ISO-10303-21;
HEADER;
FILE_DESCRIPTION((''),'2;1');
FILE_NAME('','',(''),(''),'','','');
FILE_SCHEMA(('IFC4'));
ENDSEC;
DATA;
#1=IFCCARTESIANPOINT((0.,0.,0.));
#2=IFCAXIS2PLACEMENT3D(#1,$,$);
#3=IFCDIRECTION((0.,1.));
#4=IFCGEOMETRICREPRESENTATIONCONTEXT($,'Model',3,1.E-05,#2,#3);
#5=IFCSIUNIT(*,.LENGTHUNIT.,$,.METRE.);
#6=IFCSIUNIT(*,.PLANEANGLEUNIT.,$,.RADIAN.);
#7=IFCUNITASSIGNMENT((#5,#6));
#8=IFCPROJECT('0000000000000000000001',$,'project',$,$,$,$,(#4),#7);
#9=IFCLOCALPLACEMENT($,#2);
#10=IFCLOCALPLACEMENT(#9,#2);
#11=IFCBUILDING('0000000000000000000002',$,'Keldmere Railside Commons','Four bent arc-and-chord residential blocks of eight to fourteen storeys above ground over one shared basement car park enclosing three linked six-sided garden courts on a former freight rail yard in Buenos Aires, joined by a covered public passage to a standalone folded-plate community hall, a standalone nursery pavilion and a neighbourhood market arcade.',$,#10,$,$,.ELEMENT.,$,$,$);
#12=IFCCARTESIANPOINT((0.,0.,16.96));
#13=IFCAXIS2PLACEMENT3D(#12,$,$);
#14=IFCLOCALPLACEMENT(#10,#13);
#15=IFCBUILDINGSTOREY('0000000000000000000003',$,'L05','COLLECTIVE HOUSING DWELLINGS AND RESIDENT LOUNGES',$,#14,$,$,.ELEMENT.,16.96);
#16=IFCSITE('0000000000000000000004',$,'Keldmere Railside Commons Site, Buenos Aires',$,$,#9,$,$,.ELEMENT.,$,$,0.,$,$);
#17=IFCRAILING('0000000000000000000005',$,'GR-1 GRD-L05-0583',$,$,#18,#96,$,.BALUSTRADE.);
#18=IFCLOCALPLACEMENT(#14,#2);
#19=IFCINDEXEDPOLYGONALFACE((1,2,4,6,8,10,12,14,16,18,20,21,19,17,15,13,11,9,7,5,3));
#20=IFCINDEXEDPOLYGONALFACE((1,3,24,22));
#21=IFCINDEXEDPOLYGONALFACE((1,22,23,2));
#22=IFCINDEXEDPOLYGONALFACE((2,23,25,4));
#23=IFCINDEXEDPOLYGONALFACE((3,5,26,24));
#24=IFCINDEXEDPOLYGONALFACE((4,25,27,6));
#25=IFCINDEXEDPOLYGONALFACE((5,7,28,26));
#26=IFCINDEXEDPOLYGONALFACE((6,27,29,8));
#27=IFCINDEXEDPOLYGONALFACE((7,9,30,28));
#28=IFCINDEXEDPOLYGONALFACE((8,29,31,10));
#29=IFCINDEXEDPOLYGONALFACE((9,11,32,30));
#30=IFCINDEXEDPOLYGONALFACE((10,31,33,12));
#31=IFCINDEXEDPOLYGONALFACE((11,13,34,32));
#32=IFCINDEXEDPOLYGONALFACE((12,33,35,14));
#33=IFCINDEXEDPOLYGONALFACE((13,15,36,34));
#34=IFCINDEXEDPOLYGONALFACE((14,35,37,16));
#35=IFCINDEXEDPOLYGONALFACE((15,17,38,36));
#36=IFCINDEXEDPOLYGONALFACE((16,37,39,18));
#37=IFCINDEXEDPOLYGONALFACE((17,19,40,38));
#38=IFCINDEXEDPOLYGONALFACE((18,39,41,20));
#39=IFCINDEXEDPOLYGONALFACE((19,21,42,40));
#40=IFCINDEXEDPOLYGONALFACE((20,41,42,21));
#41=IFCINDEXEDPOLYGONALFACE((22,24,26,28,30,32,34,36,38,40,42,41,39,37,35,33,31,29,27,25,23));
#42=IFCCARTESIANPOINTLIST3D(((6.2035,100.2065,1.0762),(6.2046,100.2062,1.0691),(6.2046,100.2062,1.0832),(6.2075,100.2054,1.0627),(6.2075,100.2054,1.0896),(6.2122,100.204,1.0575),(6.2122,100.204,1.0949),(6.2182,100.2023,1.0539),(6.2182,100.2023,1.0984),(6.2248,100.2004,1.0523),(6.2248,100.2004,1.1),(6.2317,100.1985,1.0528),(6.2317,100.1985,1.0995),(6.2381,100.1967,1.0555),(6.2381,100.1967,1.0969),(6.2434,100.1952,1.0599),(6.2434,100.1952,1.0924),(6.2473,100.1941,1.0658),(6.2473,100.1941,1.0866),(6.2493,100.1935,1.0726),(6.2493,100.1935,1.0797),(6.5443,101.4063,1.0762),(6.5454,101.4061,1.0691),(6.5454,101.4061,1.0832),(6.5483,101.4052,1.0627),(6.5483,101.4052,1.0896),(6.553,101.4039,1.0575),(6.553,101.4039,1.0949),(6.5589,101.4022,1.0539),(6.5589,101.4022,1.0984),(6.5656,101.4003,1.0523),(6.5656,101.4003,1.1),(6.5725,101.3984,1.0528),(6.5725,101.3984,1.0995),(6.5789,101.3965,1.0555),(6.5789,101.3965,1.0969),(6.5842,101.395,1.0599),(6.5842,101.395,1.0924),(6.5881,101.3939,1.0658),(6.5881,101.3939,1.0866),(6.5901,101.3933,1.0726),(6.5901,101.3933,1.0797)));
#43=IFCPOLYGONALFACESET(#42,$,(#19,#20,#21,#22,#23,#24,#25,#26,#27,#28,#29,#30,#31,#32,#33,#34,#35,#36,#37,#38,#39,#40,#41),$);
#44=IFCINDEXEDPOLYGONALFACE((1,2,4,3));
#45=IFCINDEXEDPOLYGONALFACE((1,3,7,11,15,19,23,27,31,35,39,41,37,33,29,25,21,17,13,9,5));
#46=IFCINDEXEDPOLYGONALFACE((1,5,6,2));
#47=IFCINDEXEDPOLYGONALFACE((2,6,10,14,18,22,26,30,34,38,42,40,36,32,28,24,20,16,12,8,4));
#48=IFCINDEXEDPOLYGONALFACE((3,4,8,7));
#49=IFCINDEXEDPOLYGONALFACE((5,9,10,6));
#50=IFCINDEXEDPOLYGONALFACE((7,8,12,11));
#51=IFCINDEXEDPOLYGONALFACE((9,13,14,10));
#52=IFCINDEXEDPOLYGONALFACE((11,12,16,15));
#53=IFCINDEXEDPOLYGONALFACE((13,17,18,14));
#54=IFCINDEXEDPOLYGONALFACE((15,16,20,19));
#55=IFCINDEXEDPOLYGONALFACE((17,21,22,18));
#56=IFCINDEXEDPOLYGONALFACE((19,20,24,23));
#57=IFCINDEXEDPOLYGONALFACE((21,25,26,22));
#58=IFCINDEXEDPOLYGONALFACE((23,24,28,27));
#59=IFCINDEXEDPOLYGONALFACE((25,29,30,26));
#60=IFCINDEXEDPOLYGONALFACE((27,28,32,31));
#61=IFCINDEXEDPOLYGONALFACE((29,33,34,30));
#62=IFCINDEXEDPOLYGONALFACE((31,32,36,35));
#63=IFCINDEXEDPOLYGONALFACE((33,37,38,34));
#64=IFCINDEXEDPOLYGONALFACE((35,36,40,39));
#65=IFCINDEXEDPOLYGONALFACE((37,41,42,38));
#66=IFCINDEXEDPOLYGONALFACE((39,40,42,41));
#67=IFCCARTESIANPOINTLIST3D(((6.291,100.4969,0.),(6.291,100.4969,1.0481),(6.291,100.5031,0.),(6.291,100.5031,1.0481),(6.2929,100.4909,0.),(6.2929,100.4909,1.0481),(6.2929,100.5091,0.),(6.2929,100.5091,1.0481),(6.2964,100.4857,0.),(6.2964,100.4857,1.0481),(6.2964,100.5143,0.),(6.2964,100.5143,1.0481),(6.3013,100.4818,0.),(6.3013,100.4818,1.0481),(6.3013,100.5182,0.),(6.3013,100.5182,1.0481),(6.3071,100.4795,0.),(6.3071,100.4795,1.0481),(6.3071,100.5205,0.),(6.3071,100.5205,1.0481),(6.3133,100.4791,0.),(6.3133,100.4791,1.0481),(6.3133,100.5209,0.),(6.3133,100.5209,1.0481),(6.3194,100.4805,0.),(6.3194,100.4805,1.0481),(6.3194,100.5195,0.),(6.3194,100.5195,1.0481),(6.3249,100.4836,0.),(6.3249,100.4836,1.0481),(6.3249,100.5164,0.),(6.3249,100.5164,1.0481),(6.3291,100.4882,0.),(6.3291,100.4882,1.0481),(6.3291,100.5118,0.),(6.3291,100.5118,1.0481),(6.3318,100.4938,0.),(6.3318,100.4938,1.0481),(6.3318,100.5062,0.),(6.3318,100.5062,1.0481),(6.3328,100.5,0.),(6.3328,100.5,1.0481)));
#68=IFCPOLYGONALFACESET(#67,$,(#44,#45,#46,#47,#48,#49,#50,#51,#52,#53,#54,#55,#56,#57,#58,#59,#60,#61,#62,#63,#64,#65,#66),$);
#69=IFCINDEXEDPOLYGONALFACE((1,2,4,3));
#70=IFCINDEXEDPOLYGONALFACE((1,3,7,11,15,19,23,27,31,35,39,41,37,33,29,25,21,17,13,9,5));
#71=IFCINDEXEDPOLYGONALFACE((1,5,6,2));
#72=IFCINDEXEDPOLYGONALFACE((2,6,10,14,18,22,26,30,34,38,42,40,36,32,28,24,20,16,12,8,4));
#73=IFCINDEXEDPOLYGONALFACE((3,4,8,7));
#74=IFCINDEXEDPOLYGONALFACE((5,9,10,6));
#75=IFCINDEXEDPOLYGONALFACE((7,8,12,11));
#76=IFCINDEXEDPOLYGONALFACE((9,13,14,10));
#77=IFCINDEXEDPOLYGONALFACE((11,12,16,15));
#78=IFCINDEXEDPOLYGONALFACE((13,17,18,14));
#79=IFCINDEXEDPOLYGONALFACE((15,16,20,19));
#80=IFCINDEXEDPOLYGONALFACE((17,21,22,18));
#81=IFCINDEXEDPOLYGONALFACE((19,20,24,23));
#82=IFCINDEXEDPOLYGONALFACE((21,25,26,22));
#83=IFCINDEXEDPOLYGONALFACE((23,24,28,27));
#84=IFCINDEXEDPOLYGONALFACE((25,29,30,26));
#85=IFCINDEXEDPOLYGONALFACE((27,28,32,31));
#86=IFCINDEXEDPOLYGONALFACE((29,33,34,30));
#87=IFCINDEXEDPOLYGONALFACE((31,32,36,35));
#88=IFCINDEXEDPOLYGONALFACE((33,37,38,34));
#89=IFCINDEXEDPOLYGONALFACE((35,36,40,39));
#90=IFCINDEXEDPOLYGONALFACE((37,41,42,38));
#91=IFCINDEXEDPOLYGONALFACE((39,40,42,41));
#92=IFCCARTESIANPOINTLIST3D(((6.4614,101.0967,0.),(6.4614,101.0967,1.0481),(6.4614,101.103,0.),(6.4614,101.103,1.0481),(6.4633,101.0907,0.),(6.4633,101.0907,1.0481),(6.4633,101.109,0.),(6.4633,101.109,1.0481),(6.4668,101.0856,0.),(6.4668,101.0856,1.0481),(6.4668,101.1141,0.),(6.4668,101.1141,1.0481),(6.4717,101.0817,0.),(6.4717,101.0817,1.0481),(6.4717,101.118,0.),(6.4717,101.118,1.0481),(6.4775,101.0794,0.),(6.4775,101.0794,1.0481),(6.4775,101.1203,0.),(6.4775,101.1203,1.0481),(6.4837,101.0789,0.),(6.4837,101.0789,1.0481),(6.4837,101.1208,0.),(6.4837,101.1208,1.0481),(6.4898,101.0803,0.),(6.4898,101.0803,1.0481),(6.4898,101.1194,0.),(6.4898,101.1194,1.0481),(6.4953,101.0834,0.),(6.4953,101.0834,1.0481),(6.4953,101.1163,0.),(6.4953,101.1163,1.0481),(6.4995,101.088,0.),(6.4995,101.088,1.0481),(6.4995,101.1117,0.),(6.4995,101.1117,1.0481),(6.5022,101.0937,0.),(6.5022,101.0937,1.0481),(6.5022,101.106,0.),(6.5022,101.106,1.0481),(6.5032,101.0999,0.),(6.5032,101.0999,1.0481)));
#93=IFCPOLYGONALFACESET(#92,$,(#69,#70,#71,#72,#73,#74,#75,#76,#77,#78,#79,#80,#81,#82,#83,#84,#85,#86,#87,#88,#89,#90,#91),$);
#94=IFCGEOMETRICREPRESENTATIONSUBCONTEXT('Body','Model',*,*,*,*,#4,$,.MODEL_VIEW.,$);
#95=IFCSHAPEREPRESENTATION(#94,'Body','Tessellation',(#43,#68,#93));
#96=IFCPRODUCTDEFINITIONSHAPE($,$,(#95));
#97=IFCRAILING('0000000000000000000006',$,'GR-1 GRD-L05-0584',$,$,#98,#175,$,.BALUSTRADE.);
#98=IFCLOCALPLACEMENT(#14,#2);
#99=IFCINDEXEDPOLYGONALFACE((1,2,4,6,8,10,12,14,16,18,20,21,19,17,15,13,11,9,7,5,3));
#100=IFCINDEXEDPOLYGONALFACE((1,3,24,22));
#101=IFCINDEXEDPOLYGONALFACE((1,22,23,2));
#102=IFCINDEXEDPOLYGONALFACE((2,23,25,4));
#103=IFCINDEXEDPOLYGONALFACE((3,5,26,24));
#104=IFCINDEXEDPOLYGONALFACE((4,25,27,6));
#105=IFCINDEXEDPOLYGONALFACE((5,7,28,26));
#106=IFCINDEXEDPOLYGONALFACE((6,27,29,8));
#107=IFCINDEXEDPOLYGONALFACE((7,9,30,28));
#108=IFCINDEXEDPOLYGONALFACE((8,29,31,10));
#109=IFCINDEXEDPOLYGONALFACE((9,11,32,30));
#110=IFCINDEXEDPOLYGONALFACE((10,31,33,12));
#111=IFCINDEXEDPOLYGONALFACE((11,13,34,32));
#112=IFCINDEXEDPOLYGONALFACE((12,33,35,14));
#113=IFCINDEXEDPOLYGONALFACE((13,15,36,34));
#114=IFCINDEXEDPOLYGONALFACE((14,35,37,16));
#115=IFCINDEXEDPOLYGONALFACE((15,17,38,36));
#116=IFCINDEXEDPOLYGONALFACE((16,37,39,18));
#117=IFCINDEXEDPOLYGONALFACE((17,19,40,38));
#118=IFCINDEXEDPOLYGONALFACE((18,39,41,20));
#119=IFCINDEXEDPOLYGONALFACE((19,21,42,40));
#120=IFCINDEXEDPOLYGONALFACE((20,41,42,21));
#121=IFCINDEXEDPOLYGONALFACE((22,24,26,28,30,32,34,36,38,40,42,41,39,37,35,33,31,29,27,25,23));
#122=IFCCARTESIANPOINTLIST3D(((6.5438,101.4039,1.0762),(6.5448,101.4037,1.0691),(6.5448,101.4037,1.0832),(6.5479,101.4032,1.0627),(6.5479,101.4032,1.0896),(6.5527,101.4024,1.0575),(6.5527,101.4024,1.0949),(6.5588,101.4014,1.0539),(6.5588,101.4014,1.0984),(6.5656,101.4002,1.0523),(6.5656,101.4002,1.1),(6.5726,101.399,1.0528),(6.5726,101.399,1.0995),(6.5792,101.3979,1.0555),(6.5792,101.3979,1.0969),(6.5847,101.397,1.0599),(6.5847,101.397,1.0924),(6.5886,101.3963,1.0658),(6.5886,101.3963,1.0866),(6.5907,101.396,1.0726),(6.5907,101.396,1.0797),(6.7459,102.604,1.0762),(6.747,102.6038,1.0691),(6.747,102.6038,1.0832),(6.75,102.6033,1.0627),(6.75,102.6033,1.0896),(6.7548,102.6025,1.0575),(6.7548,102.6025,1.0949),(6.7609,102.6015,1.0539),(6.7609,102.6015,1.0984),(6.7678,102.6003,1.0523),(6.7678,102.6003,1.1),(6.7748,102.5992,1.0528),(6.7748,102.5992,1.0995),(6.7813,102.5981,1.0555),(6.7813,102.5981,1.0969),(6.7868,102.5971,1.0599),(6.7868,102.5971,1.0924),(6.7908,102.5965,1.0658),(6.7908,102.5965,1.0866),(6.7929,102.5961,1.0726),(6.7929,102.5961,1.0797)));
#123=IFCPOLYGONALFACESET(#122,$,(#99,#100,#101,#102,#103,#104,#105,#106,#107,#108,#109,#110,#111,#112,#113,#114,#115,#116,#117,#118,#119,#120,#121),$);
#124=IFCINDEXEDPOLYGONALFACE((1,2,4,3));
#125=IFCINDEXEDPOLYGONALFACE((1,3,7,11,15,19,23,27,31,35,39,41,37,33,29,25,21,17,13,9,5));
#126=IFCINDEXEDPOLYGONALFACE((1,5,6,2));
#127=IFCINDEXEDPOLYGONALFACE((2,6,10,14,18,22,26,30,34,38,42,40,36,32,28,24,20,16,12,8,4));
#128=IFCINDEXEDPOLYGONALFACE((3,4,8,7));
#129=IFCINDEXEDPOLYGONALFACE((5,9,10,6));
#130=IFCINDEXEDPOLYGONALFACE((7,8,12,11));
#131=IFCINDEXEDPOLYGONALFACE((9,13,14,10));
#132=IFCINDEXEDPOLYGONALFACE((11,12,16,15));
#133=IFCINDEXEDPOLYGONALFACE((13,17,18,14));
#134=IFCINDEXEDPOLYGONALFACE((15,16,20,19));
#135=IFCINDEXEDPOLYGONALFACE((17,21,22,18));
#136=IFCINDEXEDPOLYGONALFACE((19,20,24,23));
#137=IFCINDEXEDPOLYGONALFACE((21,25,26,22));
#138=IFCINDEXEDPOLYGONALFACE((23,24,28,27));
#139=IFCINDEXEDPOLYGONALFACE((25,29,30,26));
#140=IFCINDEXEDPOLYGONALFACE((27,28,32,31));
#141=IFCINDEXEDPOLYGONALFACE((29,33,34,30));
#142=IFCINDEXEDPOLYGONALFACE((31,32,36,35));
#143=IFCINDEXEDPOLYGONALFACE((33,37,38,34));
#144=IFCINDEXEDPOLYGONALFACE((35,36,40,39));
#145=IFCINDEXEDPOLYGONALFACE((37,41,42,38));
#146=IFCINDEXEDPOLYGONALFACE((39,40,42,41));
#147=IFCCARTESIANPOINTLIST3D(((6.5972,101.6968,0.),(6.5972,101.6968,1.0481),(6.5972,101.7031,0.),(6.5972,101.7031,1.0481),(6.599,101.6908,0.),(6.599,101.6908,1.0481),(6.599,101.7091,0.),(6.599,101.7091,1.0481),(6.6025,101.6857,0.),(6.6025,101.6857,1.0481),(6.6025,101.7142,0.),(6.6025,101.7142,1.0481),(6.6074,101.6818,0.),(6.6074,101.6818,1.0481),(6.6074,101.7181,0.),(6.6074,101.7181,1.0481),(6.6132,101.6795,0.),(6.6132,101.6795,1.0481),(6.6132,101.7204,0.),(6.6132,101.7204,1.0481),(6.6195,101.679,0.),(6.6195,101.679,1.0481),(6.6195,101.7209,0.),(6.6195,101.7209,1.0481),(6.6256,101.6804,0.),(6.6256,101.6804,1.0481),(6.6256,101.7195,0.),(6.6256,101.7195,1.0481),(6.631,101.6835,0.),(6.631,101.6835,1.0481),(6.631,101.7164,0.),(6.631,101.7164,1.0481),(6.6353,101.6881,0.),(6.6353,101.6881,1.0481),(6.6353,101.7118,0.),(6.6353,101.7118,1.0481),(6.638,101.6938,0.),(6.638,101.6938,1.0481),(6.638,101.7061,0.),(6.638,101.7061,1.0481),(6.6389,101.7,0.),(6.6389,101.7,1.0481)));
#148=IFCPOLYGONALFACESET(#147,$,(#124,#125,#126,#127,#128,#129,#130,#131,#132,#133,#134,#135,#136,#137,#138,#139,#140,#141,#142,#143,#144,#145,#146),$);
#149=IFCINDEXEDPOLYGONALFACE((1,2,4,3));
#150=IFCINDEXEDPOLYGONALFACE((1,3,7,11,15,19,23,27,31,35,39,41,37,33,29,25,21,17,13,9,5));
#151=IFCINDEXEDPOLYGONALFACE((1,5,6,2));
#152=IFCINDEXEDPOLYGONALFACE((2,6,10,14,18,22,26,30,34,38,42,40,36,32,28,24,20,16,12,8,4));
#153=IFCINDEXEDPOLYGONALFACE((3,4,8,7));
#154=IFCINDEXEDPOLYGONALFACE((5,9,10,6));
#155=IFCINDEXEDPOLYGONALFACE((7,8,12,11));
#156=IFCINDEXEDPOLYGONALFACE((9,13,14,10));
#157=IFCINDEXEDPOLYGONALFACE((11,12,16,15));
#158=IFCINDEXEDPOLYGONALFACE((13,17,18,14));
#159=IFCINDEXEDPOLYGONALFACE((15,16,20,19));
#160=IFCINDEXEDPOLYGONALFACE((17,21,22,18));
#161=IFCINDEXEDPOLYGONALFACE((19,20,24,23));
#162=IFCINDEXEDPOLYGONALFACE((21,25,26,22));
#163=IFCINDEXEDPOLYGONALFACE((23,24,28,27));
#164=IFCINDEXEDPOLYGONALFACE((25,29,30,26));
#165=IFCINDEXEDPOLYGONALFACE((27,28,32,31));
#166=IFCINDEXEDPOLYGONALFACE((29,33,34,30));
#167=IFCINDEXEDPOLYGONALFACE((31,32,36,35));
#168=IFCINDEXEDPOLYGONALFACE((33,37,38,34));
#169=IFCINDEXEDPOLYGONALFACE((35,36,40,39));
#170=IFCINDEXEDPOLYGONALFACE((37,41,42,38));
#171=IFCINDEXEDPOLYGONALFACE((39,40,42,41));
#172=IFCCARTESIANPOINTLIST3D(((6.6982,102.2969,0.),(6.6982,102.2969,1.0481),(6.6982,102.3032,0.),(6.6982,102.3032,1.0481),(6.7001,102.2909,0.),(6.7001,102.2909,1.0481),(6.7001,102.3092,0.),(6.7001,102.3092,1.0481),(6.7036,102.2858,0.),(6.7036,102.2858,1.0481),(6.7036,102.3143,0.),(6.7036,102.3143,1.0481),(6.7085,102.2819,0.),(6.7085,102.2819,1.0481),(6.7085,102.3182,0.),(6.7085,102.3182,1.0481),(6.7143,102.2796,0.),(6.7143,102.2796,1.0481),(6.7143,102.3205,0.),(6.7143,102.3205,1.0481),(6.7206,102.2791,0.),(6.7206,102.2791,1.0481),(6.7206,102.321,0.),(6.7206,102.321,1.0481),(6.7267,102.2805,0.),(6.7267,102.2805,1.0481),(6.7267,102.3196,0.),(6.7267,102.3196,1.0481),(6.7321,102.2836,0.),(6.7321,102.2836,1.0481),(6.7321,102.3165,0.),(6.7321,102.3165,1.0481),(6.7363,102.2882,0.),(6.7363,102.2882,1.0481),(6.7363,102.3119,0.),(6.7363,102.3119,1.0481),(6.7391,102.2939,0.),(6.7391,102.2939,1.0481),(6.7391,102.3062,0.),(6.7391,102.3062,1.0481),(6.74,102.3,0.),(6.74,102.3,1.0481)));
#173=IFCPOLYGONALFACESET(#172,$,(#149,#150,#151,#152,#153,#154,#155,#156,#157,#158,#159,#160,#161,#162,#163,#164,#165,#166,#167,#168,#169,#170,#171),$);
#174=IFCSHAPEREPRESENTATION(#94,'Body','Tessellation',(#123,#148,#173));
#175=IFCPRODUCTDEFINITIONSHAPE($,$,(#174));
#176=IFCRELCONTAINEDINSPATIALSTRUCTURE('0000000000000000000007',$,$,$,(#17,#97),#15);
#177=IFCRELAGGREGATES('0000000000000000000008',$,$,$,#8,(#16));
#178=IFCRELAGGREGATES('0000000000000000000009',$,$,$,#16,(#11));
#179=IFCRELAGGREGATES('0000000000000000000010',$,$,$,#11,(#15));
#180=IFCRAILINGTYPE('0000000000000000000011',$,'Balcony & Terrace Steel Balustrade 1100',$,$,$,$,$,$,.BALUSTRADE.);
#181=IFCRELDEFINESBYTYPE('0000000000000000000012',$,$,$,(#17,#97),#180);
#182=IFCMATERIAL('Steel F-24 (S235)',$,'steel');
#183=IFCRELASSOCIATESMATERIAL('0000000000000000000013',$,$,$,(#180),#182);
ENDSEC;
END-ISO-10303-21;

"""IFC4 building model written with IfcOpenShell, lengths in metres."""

from ifc_helpers import new_model, si_unit, direction, frame, origin, origin_2d, place, context, subcontext, project, spatial, circle, extrude, material, type_object, element, save


model = new_model("IFC4")

# Units and contexts
model_context = context("Model", 3, precision=1e-05, world=origin(), true_north=direction((0.0, 1.0)))
body_context = subcontext(model_context, "Body", "Model", "MODEL_VIEW")
ifc_project = project(units=[si_unit("LENGTHUNIT", "METRE"), si_unit("PLANEANGLEUNIT", "RADIAN")], contexts=[model_context])

# Site, building, storey
site_placement = place(None, origin())
site = spatial("IfcSite", under=ifc_project, at=site_placement, Name="Keldmere Railside Commons Site, Buenos Aires", CompositionType="ELEMENT", RefElevation=0.0)
building_placement = place(site_placement, origin())
building = spatial("IfcBuilding", under=site, at=building_placement, Name="Keldmere Railside Commons", Description="Four bent arc-and-chord residential blocks of eight to fourteen storeys above ground over one shared basement car park enclosing three linked six-sided garden courts on a former freight rail yard in Buenos Aires, joined by a covered public passage to a standalone folded-plate community hall, a standalone nursery pavilion and a neighbourhood market arcade.", CompositionType="ELEMENT")
storey_placement = place(building_placement, frame((0.0, 0.0, 16.96)))
storey = spatial("IfcBuildingStorey", under=building, at=storey_placement, Name="L05", Description="COLLECTIVE HOUSING DWELLINGS AND RESIDENT LOUNGES", CompositionType="ELEMENT", Elevation=16.96)

# Railings
ifc_material_1 = material(Name="Steel F-24 (S235)", Category="steel")
railing_type = type_object("IfcRailingType", Name="Balcony & Terrace Steel Balustrade 1100", PredefinedType="BALUSTRADE", material=ifc_material_1)
railing_1_placement = place(storey_placement, frame((6.2266, 100.2, 0.0)))
element("IfcRailing", 1, at=railing_1_placement, inside=storey, type_object=railing_type, Name="GR-1 GRD-L05-0583", PredefinedType="BALUSTRADE", context=body_context, shape_type="SweptSolid", body=[
    extrude(circle(Radius=0.0239, at=origin_2d()), frame((0.0, 0.0, 1.0762), z_axis=(0.273222, 0.961951, 0.0), x_axis=(-0.961951, 0.273222, 0.0)), (0.0, 0.0, 1.0), 1.2473),
    extrude(circle(Radius=0.021, at=origin_2d()), frame((0.0852, 0.3, 0.0)), (0.0, 0.0, 1.0), 1.0481),
    extrude(circle(Radius=0.021, at=origin_2d()), frame((0.2556, 0.8999, 0.0)), (0.0, 0.0, 1.0), 1.0481),
])
railing_2_placement = place(storey_placement, frame((6.5674, 101.3999, 0.0)))
element("IfcRailing", 2, at=railing_2_placement, inside=storey, type_object=railing_type, Name="GR-1 GRD-L05-0584", PredefinedType="BALUSTRADE", context=body_context, shape_type="SweptSolid", body=[
    extrude(circle(Radius=0.0239, at=origin_2d()), frame((0.0, 0.0, 1.0762), z_axis=(0.16609, 0.986111, 0.0), x_axis=(-0.986111, 0.16609, 0.0)), (0.0, 0.0, 1.0), 1.217),
    extrude(circle(Radius=0.021, at=origin_2d()), frame((0.0505, 0.3, 0.0)), (0.0, 0.0, 1.0), 1.0481),
    extrude(circle(Radius=0.021, at=origin_2d()), frame((0.1516, 0.9001, 0.0)), (0.0, 0.0, 1.0), 1.0481),
])

save(model, "model.ifc")
